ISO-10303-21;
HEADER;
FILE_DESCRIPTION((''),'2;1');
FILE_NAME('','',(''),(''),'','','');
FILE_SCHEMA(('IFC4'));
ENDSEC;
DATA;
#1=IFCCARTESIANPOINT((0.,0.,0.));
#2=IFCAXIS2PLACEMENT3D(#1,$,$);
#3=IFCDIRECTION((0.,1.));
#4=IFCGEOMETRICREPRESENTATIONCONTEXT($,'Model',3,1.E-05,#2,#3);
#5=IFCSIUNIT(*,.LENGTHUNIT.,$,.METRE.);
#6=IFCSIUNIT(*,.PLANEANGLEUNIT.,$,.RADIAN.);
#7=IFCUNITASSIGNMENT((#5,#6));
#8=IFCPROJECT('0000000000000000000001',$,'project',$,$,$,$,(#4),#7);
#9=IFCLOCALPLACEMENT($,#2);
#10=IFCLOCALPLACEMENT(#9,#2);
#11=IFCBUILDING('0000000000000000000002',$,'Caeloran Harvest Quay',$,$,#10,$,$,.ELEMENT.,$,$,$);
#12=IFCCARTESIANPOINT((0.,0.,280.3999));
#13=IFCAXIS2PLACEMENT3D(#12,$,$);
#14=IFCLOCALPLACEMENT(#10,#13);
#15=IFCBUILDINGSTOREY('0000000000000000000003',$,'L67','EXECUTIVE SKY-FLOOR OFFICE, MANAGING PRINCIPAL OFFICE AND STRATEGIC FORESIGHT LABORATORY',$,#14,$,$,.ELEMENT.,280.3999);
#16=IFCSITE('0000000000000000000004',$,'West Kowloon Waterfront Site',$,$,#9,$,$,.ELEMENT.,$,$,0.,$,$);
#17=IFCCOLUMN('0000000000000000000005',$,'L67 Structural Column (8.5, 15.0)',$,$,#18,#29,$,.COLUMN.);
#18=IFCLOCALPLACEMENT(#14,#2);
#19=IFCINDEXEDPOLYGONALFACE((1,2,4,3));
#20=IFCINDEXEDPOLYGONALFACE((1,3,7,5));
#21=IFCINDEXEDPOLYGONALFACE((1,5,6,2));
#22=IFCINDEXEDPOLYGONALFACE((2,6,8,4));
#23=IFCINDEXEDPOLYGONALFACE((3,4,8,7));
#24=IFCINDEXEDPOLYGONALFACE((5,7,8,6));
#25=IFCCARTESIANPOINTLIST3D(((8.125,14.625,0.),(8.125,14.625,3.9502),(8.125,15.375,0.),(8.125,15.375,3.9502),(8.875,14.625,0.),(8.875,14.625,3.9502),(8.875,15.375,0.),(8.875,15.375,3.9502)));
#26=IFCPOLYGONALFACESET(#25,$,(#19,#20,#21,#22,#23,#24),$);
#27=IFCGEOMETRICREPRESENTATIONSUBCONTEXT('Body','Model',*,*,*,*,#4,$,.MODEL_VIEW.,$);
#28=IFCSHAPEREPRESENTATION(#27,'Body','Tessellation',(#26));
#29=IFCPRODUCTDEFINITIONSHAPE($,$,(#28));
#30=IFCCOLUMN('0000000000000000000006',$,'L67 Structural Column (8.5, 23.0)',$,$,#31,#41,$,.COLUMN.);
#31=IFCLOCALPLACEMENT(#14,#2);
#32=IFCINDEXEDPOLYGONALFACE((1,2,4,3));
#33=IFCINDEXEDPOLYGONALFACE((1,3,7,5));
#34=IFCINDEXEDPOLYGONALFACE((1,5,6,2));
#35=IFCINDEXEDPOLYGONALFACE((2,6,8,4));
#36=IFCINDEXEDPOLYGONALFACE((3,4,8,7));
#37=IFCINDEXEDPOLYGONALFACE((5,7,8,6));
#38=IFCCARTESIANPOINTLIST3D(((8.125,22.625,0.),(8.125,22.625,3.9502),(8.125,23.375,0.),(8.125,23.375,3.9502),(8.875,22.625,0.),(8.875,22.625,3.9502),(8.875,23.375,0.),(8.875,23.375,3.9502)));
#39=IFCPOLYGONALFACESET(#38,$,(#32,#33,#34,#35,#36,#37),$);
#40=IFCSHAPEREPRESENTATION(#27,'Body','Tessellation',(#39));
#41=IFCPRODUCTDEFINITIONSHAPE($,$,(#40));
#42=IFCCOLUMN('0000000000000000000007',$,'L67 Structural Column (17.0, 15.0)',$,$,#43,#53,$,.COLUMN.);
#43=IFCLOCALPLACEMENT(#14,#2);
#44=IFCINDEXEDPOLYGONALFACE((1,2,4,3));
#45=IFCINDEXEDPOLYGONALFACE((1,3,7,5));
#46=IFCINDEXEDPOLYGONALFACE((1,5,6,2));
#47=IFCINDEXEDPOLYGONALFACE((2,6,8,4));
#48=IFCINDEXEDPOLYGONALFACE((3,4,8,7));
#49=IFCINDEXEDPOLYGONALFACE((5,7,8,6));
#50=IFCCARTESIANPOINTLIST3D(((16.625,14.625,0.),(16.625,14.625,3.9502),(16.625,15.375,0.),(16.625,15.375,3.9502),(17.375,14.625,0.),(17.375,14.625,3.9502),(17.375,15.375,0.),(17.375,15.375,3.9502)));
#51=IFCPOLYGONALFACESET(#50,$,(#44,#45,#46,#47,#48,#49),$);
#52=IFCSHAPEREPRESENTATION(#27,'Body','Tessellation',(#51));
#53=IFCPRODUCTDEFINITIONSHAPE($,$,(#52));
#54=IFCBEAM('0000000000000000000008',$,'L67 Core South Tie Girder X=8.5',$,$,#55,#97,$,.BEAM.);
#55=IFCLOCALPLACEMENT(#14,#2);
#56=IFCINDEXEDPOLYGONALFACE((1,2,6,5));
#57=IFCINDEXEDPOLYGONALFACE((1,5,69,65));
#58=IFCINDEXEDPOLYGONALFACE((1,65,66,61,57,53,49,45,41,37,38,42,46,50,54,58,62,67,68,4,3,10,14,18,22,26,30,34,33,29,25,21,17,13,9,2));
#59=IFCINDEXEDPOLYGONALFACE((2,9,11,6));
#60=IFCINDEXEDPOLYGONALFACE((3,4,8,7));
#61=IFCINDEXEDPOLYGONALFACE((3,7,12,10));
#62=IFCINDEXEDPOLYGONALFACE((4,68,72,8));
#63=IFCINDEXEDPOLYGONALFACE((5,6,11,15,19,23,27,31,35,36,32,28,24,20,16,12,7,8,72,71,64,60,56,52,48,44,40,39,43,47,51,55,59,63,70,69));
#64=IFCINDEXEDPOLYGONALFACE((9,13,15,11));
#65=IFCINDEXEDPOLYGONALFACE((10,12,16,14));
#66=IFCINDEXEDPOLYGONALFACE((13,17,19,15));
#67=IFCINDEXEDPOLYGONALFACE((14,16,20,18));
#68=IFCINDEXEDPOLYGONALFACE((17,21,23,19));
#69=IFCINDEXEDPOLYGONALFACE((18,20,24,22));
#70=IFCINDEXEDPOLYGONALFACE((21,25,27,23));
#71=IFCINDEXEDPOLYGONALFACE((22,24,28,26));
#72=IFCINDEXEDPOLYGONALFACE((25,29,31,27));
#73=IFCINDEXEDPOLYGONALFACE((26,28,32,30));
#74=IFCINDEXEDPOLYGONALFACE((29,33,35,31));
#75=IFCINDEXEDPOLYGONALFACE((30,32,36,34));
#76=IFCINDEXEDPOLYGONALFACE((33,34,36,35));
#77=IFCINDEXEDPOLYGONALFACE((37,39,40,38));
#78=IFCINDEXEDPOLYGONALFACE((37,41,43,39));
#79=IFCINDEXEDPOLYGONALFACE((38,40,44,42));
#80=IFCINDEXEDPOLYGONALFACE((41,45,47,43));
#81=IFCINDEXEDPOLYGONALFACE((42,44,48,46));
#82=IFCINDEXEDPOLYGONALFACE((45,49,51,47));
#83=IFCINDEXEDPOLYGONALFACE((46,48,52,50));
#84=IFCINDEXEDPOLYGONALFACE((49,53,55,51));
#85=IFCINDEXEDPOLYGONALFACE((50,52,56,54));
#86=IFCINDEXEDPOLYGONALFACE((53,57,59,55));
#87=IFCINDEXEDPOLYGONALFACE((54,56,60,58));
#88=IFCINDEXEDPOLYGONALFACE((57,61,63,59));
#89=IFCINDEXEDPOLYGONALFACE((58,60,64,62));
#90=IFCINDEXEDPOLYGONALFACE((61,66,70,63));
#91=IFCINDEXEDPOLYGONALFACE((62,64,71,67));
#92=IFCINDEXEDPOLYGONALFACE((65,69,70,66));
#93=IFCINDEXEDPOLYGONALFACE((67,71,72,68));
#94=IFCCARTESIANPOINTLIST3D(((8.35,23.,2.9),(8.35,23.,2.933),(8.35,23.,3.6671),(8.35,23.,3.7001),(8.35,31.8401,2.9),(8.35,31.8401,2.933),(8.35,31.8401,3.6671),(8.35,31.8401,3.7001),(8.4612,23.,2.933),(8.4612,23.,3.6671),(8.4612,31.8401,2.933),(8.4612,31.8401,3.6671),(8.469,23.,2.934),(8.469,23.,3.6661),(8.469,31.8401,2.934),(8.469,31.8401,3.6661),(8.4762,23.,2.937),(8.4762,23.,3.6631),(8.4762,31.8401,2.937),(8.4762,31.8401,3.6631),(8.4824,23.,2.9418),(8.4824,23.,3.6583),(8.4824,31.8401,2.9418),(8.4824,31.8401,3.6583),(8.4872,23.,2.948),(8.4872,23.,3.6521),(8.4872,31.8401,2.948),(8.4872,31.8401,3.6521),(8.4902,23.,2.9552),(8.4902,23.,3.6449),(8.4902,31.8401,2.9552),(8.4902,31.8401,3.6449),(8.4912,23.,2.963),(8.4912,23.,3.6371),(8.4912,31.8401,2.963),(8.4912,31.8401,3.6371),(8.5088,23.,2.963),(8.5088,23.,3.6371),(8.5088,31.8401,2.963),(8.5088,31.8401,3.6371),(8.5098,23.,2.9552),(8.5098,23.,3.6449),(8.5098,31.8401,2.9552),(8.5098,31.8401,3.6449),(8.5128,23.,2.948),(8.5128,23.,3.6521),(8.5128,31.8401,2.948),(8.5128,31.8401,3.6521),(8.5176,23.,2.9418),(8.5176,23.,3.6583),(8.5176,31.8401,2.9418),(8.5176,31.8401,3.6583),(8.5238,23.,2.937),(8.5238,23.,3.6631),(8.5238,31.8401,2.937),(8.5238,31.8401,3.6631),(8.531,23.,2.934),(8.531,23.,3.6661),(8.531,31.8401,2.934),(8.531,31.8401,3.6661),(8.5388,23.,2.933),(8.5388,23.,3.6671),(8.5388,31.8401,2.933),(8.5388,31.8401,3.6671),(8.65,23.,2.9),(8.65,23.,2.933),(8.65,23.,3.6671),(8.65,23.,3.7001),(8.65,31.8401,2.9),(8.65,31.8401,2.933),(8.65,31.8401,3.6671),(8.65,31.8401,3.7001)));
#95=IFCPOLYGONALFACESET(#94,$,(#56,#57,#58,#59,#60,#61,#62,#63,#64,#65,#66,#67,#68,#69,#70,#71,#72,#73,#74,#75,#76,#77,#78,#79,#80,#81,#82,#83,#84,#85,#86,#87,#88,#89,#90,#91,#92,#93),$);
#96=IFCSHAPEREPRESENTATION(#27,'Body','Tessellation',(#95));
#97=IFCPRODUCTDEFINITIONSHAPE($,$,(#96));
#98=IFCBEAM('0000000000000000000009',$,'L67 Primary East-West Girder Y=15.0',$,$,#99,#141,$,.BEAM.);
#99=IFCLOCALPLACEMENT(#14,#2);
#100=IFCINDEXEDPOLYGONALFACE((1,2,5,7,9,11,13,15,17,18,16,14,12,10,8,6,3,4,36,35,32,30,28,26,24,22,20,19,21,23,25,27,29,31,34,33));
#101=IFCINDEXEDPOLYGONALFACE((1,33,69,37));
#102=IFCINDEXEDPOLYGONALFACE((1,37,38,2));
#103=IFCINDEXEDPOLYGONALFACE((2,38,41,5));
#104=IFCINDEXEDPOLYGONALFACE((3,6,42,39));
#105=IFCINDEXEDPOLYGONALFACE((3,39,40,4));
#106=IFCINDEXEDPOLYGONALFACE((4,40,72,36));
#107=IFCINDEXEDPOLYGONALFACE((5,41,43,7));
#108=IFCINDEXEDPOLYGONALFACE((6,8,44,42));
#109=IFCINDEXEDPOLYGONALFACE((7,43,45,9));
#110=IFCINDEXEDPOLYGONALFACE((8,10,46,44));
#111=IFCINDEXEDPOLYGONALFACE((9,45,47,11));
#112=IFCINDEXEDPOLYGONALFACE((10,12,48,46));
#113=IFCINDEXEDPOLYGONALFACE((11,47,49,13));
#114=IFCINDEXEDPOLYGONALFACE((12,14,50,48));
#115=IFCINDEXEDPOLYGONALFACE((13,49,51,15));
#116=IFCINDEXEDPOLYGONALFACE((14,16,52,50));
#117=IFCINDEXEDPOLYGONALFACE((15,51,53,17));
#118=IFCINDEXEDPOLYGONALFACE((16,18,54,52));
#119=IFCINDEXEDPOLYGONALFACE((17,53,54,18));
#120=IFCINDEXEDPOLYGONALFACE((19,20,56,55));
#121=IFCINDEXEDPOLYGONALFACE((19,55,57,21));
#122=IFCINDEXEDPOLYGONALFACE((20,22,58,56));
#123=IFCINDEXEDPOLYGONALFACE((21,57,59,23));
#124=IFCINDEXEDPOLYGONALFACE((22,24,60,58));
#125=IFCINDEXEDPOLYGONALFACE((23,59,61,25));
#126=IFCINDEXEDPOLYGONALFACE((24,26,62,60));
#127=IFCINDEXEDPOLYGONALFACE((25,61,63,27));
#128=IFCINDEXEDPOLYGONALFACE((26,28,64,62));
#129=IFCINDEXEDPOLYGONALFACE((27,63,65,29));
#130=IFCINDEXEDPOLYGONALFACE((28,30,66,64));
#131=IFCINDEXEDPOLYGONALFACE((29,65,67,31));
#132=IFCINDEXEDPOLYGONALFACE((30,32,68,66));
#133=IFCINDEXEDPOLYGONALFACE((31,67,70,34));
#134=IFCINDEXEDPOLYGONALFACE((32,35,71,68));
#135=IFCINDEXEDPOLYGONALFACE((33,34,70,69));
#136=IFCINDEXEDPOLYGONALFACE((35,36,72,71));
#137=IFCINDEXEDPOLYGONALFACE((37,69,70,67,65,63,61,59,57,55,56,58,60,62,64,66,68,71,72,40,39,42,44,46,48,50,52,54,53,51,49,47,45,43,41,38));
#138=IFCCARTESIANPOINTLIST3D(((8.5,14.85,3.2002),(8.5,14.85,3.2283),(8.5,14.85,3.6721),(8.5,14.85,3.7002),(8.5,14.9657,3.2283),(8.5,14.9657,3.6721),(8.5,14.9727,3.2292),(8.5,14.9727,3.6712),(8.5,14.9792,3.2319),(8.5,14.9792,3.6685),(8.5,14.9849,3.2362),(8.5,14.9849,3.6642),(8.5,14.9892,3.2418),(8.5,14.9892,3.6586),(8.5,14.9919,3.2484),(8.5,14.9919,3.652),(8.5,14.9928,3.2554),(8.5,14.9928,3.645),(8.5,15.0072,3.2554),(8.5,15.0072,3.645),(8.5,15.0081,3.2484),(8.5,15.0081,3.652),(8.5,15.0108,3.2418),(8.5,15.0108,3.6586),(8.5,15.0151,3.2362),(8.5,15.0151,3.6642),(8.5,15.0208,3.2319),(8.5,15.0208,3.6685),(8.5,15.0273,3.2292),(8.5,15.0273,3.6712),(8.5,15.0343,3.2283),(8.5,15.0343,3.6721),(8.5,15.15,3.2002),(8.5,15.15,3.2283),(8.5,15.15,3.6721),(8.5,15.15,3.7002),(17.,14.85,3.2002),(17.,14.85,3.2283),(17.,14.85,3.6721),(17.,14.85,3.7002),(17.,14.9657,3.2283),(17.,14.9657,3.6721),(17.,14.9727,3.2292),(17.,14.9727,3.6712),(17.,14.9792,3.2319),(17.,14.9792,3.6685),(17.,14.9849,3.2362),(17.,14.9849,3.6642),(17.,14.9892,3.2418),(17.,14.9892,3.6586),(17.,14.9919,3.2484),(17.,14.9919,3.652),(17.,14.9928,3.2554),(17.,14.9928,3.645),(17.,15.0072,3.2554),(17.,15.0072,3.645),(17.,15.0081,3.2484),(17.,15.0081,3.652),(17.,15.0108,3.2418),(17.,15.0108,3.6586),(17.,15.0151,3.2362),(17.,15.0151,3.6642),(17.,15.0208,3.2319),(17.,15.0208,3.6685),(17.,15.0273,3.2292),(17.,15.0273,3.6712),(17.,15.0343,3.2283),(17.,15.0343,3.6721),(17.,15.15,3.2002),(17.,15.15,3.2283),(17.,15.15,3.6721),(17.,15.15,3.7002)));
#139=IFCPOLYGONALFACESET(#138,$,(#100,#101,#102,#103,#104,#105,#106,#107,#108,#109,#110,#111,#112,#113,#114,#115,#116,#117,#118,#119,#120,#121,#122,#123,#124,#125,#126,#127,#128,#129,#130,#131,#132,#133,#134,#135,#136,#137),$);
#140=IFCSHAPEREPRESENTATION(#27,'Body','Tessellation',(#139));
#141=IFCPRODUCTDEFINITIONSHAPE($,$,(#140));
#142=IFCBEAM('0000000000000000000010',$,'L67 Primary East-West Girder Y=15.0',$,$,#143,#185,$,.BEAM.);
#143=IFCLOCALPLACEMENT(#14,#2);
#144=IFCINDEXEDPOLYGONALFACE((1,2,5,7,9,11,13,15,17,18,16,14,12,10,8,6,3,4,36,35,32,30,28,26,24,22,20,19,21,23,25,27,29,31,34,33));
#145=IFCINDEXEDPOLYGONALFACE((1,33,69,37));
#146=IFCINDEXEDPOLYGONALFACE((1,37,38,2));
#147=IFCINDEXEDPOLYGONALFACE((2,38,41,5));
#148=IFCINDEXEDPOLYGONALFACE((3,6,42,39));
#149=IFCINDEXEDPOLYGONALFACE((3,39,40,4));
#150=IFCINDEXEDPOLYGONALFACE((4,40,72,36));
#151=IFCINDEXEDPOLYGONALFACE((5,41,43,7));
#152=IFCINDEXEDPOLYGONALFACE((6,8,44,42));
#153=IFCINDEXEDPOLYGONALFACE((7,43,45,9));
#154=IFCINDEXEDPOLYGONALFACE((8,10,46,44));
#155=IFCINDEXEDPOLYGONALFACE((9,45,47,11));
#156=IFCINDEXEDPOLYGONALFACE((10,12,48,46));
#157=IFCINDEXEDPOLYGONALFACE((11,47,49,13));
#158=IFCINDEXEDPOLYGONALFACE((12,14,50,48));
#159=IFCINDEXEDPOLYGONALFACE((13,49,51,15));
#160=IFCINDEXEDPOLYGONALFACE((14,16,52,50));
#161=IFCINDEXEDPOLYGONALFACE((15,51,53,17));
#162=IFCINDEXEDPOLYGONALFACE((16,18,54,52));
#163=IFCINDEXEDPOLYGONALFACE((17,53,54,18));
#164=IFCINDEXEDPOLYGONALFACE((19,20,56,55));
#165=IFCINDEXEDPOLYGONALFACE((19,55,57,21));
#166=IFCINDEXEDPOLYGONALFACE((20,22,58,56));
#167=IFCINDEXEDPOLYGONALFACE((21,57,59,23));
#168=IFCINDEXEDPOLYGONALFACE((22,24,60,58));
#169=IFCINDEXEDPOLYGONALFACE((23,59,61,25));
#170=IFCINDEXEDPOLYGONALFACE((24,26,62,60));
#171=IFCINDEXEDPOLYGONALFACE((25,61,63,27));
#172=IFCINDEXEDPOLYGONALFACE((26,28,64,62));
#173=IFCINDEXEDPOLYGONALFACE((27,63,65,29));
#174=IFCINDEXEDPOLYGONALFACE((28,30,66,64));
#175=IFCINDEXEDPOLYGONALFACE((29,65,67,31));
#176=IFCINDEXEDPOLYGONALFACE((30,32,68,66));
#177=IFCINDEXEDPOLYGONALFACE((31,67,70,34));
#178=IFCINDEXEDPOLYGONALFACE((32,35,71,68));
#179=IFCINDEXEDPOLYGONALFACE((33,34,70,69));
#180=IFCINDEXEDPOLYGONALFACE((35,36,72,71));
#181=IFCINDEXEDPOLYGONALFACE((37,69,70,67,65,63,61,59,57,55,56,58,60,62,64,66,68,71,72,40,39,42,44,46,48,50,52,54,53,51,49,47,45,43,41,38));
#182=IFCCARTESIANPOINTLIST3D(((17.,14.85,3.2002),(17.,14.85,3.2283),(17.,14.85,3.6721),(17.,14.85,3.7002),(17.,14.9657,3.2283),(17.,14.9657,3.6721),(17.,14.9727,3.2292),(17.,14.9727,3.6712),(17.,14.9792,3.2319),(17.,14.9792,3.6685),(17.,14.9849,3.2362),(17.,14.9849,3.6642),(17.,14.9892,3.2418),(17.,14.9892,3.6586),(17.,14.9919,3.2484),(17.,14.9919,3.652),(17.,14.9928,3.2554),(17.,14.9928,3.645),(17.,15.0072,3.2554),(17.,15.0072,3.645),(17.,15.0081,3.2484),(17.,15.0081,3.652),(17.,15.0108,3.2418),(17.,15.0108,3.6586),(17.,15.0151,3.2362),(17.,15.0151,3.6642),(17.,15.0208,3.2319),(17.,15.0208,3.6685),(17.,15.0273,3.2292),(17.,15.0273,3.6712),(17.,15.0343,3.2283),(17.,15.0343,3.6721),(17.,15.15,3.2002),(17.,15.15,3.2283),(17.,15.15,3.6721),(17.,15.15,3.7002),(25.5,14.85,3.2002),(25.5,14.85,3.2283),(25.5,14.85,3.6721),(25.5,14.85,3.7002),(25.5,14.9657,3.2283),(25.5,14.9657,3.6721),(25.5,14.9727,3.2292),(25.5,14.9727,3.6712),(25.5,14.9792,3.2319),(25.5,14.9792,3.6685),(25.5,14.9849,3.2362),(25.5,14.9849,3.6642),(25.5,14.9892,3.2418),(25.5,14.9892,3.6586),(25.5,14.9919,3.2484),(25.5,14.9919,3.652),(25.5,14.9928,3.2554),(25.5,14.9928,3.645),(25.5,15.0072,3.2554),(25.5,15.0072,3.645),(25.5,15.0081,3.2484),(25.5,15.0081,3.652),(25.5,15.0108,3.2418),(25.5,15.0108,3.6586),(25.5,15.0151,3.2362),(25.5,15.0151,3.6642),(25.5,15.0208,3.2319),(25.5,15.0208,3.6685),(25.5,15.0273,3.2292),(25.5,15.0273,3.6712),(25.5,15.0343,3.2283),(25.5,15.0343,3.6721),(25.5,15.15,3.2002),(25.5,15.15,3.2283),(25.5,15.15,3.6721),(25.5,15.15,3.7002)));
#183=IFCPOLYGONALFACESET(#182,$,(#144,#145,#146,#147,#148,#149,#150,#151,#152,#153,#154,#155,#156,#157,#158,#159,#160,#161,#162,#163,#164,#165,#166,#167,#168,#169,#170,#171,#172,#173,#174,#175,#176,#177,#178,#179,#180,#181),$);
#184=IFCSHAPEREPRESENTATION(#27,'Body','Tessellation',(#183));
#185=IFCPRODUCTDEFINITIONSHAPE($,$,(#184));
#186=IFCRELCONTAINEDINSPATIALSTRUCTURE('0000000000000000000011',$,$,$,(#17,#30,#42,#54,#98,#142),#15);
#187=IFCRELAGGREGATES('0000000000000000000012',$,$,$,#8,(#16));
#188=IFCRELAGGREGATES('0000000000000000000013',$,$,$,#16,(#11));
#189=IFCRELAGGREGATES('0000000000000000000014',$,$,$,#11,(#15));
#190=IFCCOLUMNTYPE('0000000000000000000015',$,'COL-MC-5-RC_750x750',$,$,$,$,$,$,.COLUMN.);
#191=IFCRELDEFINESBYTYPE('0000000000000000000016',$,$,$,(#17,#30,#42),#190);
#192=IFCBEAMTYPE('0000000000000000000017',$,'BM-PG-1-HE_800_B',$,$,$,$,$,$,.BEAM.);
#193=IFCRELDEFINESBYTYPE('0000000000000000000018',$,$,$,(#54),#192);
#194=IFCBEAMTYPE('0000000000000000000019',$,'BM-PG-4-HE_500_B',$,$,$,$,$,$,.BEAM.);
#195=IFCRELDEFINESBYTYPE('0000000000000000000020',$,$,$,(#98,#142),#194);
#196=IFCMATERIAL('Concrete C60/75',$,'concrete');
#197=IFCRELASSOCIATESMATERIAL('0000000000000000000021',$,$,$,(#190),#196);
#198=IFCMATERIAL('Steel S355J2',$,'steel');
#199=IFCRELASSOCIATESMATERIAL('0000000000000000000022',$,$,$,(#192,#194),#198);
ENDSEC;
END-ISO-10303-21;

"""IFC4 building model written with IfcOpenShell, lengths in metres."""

from ifc_helpers import new_model, si_unit, direction, frame, origin, origin_2d, place, context, subcontext, project, spatial, rectangle, i_section, extrude, material, material_profile, profile_set, type_object, element, save


model = new_model("IFC4")

# Units and contexts
model_context = context("Model", 3, precision=1e-05, world=origin(), true_north=direction((0.0, 1.0)))
body_context = subcontext(model_context, "Body", "Model", "MODEL_VIEW")
ifc_project = project(units=[si_unit("LENGTHUNIT", "METRE"), si_unit("PLANEANGLEUNIT", "RADIAN")], contexts=[model_context])

# Site, building, storey
site_placement = place(None, origin())
site = spatial("IfcSite", under=ifc_project, at=site_placement, Name="West Kowloon Waterfront Site", CompositionType="ELEMENT", RefElevation=0.0)
building_placement = place(site_placement, origin())
building = spatial("IfcBuilding", under=site, at=building_placement, Name="Caeloran Harvest Quay", CompositionType="ELEMENT")
storey_placement = place(building_placement, frame((0.0, 0.0, 280.3999)))
storey = spatial("IfcBuildingStorey", under=building, at=storey_placement, Name="L67", Description="EXECUTIVE SKY-FLOOR OFFICE, MANAGING PRINCIPAL OFFICE AND STRATEGIC FORESIGHT LABORATORY", CompositionType="ELEMENT", Elevation=280.3999)

# Columns
ifc_material_1 = material(Name="Concrete C60/75", Category="concrete")
ifc_material_profile_1 = material_profile(ifc_material_1, rectangle(XDim=0.75, YDim=0.75, at=origin_2d()), Name="RC 750x750")
ifc_profile_set_1 = profile_set([ifc_material_profile_1], Name="Concrete C60/75")
column_type = type_object("IfcColumnType", Name="COL-MC-5-RC_750x750", PredefinedType="COLUMN", material=ifc_profile_set_1)
for number, where, z_axis, x_axis, name in (
    (1, (8.5, 15.0, 0.0), (0.0, 0.0, 1.0), (1.0, 0.0, 0.0), "L67 Structural Column (8.5, 15.0)"),
    (2, (8.5, 23.0, 0.0), (0.0, 0.0, 1.0), (1.0, 0.0, 0.0), "L67 Structural Column (8.5, 23.0)"),
    (3, (17.0, 15.0, 0.0), (0.0, 0.0, 1.0), (1.0, 0.0, 0.0), "L67 Structural Column (17.0, 15.0)"),
):
    element("IfcColumn", number, at=place(storey_placement, frame(where, z_axis=z_axis, x_axis=x_axis)), inside=storey, type_object=column_type, Name=name, PredefinedType="COLUMN", context=body_context, shape_type="SweptSolid", body=[
        extrude(rectangle(XDim=0.75, YDim=0.75, at=origin_2d()), origin(), (0.0, 0.0, 1.0), 3.9502),
    ])

# Beams
ifc_material_2 = material(Name="Steel S355J2", Category="steel")
ifc_material_profile_2 = material_profile(ifc_material_2, i_section(OverallWidth=0.3, OverallDepth=0.8, WebThickness=0.0176, FlangeThickness=0.033, FilletRadius=0.03, at=origin_2d()), Name="HE 800 B")
ifc_profile_set_2 = profile_set([ifc_material_profile_2], Name="Steel S355J2")
beam_type_1 = type_object("IfcBeamType", Name="BM-PG-1-HE_800_B", PredefinedType="BEAM", material=ifc_profile_set_2)
beam_1_placement = place(storey_placement, frame((8.5, 23.0, 3.3), z_axis=(0.0, 1.0, 0.0), x_axis=(-1.0, 0.0, 0.0)))
element("IfcBeam", 4, at=beam_1_placement, inside=storey, type_object=beam_type_1, Name="L67 Core South Tie Girder X=8.5", PredefinedType="BEAM", context=body_context, shape_type="SweptSolid", body=[
    extrude(i_section(OverallWidth=0.3, OverallDepth=0.8, WebThickness=0.0176, FlangeThickness=0.033, FilletRadius=0.03, at=origin_2d()), origin(), (0.0, 0.0, 1.0), 8.8401),
])
ifc_material_profile_3 = material_profile(ifc_material_2, i_section(OverallWidth=0.3, OverallDepth=0.5, WebThickness=0.0144, FlangeThickness=0.0281, FilletRadius=0.0271, at=origin_2d()), Name="HE 500 B")
ifc_profile_set_3 = profile_set([ifc_material_profile_3], Name="Steel S355J2")
beam_type_2 = type_object("IfcBeamType", Name="BM-PG-4-HE_500_B", PredefinedType="BEAM", material=ifc_profile_set_3)
for number, where, z_axis, x_axis, name in (
    (5, (8.5, 15.0, 3.4502), (1.0, 0.0, 0.0), (0.0, 1.0, 0.0), "L67 Primary East-West Girder Y=15.0"),
    (6, (17.0, 15.0, 3.4502), (1.0, 0.0, 0.0), (0.0, 1.0, 0.0), "L67 Primary East-West Girder Y=15.0"),
):
    element("IfcBeam", number, at=place(storey_placement, frame(where, z_axis=z_axis, x_axis=x_axis)), inside=storey, type_object=beam_type_2, Name=name, PredefinedType="BEAM", context=body_context, shape_type="SweptSolid", body=[
        extrude(i_section(OverallWidth=0.3, OverallDepth=0.5, WebThickness=0.0144, FlangeThickness=0.0281, FilletRadius=0.0271, at=origin_2d()), origin(), (0.0, 0.0, 1.0), 8.5),
    ])

save(model, "model.ifc")
